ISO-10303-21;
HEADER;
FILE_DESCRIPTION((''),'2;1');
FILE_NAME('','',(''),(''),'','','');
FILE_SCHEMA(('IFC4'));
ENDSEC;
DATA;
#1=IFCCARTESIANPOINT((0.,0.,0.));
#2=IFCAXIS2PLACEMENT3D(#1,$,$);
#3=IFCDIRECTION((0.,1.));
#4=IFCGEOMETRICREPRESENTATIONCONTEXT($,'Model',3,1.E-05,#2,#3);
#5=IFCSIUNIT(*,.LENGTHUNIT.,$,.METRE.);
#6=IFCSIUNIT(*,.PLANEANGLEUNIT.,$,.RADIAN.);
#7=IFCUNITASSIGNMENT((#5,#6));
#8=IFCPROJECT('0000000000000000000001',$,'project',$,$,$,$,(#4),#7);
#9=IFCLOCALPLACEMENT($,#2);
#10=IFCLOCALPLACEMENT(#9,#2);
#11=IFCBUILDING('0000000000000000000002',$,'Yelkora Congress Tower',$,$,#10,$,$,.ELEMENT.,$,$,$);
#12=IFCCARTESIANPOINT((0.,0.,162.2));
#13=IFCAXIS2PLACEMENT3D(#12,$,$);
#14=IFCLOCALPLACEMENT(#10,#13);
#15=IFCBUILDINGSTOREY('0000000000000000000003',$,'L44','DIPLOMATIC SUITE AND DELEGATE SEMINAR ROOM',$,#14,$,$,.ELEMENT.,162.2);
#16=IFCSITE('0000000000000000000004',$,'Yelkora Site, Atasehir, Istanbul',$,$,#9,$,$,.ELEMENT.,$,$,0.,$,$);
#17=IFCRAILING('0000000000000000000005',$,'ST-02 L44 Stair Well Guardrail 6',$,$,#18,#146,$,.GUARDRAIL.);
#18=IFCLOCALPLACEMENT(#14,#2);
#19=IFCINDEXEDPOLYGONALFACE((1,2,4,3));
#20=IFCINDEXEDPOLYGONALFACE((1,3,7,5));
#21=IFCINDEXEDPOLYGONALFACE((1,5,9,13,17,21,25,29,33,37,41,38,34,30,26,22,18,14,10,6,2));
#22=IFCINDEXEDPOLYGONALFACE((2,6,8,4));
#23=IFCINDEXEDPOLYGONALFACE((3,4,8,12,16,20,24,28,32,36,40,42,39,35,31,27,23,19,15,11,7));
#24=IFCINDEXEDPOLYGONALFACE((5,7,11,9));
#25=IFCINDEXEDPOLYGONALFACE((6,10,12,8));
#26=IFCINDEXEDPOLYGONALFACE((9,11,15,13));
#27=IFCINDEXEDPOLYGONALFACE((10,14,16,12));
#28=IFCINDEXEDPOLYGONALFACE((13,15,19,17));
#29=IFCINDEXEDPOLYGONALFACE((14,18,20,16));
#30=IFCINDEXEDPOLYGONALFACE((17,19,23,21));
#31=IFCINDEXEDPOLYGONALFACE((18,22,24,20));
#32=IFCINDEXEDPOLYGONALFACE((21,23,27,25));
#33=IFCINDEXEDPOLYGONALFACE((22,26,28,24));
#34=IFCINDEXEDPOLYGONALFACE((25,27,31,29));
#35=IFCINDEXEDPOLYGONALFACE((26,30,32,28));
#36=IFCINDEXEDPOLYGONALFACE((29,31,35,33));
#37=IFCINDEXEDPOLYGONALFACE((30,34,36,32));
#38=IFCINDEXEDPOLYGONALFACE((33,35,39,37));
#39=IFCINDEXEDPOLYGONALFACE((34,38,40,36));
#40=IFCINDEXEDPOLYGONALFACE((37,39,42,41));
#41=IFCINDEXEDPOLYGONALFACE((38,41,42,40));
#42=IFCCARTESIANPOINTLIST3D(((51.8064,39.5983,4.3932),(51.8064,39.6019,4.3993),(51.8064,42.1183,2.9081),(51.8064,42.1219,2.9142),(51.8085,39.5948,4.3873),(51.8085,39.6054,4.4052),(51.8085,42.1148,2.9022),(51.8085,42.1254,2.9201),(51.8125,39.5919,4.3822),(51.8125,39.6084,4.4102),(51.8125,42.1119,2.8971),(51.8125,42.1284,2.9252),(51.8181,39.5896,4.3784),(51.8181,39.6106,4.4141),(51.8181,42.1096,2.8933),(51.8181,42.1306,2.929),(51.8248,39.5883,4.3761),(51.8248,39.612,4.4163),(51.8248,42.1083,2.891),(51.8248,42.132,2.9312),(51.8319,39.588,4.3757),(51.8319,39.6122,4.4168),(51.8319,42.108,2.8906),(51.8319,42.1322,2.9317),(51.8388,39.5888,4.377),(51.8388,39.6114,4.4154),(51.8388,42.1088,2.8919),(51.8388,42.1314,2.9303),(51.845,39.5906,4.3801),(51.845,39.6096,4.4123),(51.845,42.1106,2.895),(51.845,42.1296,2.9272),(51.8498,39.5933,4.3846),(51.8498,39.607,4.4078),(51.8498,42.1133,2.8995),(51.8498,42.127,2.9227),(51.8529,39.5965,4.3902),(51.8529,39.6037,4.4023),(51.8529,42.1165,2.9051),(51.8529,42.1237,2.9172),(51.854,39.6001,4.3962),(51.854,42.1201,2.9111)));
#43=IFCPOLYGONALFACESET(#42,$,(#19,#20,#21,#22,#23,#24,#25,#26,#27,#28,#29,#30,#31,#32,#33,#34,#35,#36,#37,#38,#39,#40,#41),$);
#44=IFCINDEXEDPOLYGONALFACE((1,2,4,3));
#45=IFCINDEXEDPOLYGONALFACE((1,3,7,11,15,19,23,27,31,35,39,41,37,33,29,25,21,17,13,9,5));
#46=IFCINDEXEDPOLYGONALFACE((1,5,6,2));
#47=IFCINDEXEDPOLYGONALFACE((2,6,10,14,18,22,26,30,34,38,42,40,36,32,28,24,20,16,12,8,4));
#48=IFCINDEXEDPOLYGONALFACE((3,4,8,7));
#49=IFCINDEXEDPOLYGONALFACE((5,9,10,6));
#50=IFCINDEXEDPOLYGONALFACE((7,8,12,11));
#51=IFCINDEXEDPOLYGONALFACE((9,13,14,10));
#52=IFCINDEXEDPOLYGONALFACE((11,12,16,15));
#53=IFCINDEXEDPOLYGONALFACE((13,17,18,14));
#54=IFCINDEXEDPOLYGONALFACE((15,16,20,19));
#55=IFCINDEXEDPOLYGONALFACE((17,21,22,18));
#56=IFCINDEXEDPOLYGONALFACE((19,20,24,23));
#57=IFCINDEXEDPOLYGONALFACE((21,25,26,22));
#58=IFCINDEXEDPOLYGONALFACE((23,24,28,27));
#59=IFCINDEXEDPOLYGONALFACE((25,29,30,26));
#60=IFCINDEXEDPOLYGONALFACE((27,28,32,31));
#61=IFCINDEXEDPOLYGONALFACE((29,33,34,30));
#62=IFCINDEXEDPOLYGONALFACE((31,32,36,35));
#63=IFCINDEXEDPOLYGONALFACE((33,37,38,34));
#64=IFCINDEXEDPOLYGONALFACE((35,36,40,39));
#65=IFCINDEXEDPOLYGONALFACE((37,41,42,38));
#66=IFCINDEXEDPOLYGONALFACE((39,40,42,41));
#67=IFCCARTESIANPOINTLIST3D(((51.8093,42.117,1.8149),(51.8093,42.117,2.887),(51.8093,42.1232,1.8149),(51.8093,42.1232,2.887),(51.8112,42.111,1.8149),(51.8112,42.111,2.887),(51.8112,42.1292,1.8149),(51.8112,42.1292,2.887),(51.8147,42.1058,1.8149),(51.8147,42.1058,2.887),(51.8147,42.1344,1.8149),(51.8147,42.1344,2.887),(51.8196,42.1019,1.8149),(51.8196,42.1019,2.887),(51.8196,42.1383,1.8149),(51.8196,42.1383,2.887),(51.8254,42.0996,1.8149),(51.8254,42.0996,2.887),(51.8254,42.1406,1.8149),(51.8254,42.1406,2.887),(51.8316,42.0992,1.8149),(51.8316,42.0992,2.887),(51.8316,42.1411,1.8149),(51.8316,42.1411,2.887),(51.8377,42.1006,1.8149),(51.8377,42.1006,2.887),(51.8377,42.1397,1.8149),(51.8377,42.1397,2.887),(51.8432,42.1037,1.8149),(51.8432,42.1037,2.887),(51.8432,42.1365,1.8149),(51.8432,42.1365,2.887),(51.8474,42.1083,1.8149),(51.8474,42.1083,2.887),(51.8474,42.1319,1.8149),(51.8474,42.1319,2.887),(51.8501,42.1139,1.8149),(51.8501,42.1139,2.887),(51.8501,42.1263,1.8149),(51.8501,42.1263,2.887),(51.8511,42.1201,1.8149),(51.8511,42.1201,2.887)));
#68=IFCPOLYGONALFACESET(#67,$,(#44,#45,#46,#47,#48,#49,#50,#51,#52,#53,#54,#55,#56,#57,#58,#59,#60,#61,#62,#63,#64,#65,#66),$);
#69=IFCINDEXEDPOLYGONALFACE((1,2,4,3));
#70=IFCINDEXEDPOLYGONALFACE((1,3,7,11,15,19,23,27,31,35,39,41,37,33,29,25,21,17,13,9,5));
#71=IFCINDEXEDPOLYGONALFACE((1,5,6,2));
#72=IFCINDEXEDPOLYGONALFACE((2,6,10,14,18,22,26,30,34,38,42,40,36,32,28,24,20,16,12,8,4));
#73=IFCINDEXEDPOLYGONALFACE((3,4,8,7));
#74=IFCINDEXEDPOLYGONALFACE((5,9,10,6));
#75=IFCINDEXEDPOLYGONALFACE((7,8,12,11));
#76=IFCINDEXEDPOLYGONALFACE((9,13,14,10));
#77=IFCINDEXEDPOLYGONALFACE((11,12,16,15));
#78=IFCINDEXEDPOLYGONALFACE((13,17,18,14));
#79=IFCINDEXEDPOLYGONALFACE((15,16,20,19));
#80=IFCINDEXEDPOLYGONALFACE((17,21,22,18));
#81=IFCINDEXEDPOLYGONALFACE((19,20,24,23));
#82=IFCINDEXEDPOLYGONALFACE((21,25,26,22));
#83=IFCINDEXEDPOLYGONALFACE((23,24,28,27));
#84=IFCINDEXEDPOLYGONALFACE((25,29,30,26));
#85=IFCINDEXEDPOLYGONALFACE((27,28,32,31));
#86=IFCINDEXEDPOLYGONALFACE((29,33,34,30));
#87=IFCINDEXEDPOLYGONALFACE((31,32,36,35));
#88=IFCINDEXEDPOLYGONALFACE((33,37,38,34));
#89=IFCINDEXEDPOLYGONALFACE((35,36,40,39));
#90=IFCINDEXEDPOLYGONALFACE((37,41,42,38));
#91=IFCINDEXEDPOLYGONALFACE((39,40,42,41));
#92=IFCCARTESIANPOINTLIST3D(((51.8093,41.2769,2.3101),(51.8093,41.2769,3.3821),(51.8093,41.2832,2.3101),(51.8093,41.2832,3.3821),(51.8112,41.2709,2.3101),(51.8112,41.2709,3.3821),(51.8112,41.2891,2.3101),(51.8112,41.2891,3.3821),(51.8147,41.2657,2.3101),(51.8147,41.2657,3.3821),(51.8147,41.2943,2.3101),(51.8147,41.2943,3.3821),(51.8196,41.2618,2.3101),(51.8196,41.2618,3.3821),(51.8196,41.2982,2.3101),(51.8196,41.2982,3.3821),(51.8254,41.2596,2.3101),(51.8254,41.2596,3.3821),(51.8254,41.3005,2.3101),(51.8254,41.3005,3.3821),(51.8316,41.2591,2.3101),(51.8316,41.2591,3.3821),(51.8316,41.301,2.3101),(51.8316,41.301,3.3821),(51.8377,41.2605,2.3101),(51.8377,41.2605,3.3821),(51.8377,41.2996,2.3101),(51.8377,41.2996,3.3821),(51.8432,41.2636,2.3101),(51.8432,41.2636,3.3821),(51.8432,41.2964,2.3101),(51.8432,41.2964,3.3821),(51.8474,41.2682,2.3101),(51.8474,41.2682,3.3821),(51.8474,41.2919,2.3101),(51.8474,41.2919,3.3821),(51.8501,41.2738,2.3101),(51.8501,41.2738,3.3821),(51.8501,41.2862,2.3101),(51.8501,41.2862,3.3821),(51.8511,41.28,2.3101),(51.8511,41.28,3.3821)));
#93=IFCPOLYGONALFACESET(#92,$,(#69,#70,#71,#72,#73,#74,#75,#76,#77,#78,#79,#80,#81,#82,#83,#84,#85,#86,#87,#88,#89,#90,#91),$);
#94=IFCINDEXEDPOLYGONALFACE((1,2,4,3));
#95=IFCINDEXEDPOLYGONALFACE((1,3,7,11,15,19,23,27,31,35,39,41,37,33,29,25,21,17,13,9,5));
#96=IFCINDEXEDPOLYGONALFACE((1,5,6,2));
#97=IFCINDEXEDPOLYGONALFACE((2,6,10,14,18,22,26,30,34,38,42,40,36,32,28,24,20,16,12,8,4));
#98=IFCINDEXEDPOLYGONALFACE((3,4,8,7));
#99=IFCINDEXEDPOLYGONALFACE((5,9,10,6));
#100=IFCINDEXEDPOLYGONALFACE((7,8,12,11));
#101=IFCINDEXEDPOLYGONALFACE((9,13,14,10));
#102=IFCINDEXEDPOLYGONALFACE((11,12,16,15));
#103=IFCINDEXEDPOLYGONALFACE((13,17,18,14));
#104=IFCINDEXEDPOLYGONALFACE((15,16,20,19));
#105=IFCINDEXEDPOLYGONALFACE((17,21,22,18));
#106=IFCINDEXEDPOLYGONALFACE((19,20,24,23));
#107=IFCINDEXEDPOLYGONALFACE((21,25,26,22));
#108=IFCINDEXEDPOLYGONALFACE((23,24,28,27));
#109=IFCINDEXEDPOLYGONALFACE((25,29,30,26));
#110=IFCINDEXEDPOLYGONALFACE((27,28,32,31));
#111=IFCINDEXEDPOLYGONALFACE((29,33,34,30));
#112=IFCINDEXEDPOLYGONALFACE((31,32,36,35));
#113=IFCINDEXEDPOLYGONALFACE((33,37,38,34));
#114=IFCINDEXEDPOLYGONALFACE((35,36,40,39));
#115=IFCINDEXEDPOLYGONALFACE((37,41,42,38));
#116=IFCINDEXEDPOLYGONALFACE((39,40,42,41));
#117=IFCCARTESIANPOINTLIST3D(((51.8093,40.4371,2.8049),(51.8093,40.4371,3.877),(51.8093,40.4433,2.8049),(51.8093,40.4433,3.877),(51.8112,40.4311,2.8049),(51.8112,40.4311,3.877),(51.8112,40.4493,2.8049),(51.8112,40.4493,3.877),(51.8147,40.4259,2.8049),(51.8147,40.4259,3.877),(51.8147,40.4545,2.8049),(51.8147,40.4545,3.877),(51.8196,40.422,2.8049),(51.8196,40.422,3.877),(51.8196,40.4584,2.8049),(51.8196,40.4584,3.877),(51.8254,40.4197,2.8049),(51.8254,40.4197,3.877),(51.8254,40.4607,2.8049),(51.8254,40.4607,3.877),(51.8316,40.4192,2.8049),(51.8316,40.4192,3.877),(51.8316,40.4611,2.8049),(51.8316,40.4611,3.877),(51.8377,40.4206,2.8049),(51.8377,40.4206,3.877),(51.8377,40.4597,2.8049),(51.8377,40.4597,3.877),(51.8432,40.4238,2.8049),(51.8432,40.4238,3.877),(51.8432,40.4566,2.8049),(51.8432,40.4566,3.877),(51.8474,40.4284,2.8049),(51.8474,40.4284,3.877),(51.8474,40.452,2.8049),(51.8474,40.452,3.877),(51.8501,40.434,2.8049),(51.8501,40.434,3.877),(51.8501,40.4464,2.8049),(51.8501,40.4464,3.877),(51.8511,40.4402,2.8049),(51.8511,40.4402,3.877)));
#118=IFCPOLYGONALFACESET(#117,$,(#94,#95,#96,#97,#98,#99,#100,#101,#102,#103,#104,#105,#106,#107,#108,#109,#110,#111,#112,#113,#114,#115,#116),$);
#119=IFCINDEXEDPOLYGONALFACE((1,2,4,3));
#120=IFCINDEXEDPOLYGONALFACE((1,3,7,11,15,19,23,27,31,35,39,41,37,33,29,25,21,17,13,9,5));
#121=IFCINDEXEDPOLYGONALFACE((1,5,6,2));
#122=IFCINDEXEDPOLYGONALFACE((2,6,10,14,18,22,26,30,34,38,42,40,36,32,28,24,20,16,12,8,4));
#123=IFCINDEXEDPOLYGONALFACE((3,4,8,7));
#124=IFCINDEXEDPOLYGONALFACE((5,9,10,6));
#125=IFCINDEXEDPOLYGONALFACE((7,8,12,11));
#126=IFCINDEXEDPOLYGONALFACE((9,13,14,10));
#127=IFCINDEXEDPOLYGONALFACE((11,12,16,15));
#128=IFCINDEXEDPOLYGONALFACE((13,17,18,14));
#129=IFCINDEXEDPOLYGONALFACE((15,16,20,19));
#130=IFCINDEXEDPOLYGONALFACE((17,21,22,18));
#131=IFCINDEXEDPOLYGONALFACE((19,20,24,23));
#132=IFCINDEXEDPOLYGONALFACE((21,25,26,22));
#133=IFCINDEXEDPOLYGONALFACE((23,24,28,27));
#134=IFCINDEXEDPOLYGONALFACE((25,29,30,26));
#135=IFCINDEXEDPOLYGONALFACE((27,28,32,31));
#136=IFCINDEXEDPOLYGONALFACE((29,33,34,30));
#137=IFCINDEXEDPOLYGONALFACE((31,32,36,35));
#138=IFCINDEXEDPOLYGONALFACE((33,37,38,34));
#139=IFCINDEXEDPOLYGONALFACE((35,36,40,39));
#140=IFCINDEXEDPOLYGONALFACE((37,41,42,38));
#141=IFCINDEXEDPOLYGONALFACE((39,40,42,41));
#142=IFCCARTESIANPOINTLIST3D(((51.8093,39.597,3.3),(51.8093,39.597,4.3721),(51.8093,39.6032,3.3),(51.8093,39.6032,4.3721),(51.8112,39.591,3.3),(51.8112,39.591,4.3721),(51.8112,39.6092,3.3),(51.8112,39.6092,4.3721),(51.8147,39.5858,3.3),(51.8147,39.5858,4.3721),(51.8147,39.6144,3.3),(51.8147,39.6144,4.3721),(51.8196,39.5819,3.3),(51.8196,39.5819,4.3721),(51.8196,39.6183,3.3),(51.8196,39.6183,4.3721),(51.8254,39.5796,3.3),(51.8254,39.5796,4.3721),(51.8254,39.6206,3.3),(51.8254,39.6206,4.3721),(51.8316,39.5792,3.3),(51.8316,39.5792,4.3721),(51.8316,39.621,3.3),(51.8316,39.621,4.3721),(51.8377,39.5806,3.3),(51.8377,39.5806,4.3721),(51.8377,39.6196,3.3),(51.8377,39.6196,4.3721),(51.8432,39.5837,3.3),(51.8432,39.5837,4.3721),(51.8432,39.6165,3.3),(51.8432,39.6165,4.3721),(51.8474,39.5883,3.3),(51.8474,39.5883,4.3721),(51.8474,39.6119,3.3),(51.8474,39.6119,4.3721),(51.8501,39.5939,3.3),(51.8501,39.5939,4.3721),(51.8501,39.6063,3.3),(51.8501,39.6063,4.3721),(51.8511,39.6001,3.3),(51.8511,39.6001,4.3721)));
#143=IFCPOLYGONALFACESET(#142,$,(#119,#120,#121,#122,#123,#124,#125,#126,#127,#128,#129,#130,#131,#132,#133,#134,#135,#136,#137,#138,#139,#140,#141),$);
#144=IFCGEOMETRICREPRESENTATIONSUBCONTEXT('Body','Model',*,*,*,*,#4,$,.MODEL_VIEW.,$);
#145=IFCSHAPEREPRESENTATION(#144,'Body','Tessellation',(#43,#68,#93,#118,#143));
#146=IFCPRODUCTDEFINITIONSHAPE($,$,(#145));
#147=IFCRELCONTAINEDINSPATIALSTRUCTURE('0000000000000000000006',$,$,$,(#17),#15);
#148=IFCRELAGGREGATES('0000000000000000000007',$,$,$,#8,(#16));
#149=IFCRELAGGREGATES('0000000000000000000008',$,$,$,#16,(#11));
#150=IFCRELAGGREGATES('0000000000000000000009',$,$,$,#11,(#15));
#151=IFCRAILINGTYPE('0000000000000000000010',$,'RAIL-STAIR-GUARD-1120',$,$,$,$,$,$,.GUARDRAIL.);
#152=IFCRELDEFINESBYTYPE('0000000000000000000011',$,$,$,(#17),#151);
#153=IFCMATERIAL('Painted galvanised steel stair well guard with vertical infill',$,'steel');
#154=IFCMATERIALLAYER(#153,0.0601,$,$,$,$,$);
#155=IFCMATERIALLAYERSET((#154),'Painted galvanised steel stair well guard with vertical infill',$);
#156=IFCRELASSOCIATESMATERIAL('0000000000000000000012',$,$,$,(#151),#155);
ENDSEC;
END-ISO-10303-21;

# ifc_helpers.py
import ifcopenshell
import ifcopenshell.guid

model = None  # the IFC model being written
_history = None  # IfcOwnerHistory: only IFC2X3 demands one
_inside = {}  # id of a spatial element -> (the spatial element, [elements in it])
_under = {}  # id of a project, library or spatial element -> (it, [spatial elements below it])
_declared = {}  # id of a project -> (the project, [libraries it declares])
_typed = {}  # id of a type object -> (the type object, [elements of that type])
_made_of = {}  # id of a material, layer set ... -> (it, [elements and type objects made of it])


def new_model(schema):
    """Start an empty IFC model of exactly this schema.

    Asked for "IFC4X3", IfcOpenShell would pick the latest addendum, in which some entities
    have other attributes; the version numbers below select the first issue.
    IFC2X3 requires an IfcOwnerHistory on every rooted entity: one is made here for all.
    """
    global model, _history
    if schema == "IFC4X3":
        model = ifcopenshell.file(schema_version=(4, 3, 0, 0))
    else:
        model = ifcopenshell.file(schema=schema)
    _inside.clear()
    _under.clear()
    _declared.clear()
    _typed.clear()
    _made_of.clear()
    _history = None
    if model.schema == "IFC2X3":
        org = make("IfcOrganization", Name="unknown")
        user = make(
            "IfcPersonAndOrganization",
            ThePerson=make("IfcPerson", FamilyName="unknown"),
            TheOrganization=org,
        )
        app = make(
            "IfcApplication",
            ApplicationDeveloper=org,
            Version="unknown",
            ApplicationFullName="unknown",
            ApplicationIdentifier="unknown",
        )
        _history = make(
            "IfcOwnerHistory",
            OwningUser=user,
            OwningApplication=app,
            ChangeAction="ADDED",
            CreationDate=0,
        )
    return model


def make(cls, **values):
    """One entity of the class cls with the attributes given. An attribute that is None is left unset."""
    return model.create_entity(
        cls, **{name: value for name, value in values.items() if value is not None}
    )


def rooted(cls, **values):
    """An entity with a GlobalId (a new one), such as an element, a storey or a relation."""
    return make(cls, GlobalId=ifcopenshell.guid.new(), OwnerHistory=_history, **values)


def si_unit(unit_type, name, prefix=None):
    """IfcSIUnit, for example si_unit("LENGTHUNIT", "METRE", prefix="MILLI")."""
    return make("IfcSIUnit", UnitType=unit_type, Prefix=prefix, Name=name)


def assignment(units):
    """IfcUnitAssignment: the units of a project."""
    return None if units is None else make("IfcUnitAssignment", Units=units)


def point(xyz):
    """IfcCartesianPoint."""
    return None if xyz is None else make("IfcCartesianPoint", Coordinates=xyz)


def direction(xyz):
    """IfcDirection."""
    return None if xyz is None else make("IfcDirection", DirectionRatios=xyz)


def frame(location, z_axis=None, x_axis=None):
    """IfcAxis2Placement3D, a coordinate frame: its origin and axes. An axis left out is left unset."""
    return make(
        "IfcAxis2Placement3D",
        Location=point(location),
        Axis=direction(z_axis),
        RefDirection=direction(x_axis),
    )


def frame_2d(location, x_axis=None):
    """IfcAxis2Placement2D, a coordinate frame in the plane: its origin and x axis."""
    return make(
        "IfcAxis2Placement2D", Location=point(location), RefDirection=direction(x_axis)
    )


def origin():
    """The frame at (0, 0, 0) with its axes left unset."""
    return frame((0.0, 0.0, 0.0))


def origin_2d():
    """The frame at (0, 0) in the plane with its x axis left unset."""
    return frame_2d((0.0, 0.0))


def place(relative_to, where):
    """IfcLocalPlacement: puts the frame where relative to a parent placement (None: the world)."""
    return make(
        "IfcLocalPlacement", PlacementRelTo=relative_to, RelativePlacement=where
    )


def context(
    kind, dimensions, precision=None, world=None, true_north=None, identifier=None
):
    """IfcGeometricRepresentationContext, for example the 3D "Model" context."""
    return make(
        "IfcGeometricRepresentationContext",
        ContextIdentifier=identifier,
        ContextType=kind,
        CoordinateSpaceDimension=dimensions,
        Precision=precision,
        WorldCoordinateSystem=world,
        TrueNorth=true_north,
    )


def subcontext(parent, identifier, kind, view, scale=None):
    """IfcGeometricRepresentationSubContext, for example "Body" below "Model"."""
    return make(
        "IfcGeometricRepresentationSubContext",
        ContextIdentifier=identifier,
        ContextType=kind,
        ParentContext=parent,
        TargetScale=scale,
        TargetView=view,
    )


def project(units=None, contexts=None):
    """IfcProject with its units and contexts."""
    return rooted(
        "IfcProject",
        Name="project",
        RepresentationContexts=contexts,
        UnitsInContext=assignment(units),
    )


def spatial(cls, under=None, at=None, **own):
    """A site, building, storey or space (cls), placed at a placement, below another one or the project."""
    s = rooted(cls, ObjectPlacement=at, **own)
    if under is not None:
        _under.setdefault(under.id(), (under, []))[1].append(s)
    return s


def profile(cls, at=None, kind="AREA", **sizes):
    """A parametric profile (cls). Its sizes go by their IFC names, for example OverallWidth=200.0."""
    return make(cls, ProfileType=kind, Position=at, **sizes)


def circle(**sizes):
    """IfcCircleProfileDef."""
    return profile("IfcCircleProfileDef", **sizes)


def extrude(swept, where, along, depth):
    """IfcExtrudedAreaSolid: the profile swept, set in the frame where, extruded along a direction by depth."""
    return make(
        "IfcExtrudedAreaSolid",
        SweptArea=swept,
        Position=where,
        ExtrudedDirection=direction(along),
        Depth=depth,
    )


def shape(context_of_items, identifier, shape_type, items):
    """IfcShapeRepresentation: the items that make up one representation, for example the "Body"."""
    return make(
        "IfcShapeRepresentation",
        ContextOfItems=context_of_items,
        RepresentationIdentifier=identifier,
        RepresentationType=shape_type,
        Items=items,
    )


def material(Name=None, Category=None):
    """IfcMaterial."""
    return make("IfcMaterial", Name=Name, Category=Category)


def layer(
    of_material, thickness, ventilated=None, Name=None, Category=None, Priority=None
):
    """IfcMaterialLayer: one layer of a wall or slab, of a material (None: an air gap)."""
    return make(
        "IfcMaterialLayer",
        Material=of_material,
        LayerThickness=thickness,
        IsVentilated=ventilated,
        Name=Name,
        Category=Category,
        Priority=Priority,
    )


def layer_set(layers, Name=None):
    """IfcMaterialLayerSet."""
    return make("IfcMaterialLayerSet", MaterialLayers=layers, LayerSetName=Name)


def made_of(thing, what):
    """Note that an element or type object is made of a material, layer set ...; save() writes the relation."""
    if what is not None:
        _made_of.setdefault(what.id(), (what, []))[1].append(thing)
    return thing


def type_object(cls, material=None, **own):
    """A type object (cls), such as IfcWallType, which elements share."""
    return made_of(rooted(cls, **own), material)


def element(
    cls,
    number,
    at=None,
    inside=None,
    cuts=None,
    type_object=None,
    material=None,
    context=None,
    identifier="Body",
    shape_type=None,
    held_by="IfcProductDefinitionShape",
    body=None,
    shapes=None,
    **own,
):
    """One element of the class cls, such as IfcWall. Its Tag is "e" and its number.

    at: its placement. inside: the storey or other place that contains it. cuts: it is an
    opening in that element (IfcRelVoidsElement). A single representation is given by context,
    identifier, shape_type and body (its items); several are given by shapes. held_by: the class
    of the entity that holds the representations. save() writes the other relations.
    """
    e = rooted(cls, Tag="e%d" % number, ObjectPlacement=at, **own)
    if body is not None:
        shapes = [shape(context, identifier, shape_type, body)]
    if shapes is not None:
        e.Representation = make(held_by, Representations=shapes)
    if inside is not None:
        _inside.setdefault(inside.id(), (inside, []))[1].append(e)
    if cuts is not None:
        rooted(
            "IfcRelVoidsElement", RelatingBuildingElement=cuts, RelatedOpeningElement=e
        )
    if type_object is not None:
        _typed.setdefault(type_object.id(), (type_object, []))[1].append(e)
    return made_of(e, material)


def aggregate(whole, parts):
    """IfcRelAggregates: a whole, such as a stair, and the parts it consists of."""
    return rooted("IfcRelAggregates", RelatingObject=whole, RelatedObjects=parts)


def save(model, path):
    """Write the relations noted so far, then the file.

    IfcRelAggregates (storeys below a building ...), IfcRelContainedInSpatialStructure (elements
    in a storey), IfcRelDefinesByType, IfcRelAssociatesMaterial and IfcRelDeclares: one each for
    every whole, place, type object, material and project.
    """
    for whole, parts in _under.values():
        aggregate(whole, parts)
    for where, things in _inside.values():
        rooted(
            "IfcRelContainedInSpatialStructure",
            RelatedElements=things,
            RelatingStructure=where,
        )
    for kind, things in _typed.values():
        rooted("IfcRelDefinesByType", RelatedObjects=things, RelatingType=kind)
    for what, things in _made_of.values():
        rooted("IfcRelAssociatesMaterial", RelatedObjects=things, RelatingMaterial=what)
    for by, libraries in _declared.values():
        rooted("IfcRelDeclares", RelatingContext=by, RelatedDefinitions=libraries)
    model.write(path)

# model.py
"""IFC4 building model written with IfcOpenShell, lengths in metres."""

from ifc_helpers import new_model, si_unit, direction, frame, origin, origin_2d, place, context, subcontext, project, spatial, circle, extrude, material, layer, layer_set, type_object, element, save


model = new_model("IFC4")

# Units and contexts
model_context = context("Model", 3, precision=1e-05, world=origin(), true_north=direction((0.0, 1.0)))
body_context = subcontext(model_context, "Body", "Model", "MODEL_VIEW")
ifc_project = project(units=[si_unit("LENGTHUNIT", "METRE"), si_unit("PLANEANGLEUNIT", "RADIAN")], contexts=[model_context])

# Site, building, storey
site_placement = place(None, origin())
site = spatial("IfcSite", under=ifc_project, at=site_placement, Name="Yelkora Site, Atasehir, Istanbul", CompositionType="ELEMENT", RefElevation=0.0)
building_placement = place(site_placement, origin())
building = spatial("IfcBuilding", under=site, at=building_placement, Name="Yelkora Congress Tower", CompositionType="ELEMENT")
storey_placement = place(building_placement, frame((0.0, 0.0, 162.2)))
storey = spatial("IfcBuildingStorey", under=building, at=storey_placement, Name="L44", Description="DIPLOMATIC SUITE AND DELEGATE SEMINAR ROOM", CompositionType="ELEMENT", Elevation=162.2)

# Railing
ifc_material_1 = material(Name="Painted galvanised steel stair well guard with vertical infill", Category="steel")
ifc_layer_1 = layer(ifc_material_1, 0.0601)
ifc_layer_set_1 = layer_set([ifc_layer_1], Name="Painted galvanised steel stair well guard with vertical infill")
railing_type_1 = type_object("IfcRailingType", Name="RAIL-STAIR-GUARD-1120", PredefinedType="GUARDRAIL", material=ifc_layer_set_1)
railing_1_placement = place(storey_placement, frame((51.8301, 42.1201, 1.8149)))
element("IfcRailing", 1, at=railing_1_placement, inside=storey, type_object=railing_type_1, Name="ST-02 L44 Stair Well Guardrail 6", PredefinedType="GUARDRAIL", context=body_context, shape_type="SweptSolid", body=[
    extrude(circle(Radius=0.0239, at=origin_2d()), frame((0.0, 0.0, 1.0962), z_axis=(0.0, -0.861524, 0.507717), x_axis=(1.0, 0.0, 0.0)), (0.0, 0.0, 1.0), 2.925),
    extrude(circle(Radius=0.021, at=origin_2d()), origin(), (0.0, 0.0, 1.0), 1.072),
    extrude(circle(Radius=0.021, at=origin_2d()), frame((0.0, -0.8401, 0.4951)), (0.0, 0.0, 1.0), 1.072),
    extrude(circle(Radius=0.021, at=origin_2d()), frame((0.0, -1.6799, 0.99)), (0.0, 0.0, 1.0), 1.072),
    extrude(circle(Radius=0.021, at=origin_2d()), frame((0.0, -2.52, 1.4851)), (0.0, 0.0, 1.0), 1.072),
])

save(model, "model.ifc")
